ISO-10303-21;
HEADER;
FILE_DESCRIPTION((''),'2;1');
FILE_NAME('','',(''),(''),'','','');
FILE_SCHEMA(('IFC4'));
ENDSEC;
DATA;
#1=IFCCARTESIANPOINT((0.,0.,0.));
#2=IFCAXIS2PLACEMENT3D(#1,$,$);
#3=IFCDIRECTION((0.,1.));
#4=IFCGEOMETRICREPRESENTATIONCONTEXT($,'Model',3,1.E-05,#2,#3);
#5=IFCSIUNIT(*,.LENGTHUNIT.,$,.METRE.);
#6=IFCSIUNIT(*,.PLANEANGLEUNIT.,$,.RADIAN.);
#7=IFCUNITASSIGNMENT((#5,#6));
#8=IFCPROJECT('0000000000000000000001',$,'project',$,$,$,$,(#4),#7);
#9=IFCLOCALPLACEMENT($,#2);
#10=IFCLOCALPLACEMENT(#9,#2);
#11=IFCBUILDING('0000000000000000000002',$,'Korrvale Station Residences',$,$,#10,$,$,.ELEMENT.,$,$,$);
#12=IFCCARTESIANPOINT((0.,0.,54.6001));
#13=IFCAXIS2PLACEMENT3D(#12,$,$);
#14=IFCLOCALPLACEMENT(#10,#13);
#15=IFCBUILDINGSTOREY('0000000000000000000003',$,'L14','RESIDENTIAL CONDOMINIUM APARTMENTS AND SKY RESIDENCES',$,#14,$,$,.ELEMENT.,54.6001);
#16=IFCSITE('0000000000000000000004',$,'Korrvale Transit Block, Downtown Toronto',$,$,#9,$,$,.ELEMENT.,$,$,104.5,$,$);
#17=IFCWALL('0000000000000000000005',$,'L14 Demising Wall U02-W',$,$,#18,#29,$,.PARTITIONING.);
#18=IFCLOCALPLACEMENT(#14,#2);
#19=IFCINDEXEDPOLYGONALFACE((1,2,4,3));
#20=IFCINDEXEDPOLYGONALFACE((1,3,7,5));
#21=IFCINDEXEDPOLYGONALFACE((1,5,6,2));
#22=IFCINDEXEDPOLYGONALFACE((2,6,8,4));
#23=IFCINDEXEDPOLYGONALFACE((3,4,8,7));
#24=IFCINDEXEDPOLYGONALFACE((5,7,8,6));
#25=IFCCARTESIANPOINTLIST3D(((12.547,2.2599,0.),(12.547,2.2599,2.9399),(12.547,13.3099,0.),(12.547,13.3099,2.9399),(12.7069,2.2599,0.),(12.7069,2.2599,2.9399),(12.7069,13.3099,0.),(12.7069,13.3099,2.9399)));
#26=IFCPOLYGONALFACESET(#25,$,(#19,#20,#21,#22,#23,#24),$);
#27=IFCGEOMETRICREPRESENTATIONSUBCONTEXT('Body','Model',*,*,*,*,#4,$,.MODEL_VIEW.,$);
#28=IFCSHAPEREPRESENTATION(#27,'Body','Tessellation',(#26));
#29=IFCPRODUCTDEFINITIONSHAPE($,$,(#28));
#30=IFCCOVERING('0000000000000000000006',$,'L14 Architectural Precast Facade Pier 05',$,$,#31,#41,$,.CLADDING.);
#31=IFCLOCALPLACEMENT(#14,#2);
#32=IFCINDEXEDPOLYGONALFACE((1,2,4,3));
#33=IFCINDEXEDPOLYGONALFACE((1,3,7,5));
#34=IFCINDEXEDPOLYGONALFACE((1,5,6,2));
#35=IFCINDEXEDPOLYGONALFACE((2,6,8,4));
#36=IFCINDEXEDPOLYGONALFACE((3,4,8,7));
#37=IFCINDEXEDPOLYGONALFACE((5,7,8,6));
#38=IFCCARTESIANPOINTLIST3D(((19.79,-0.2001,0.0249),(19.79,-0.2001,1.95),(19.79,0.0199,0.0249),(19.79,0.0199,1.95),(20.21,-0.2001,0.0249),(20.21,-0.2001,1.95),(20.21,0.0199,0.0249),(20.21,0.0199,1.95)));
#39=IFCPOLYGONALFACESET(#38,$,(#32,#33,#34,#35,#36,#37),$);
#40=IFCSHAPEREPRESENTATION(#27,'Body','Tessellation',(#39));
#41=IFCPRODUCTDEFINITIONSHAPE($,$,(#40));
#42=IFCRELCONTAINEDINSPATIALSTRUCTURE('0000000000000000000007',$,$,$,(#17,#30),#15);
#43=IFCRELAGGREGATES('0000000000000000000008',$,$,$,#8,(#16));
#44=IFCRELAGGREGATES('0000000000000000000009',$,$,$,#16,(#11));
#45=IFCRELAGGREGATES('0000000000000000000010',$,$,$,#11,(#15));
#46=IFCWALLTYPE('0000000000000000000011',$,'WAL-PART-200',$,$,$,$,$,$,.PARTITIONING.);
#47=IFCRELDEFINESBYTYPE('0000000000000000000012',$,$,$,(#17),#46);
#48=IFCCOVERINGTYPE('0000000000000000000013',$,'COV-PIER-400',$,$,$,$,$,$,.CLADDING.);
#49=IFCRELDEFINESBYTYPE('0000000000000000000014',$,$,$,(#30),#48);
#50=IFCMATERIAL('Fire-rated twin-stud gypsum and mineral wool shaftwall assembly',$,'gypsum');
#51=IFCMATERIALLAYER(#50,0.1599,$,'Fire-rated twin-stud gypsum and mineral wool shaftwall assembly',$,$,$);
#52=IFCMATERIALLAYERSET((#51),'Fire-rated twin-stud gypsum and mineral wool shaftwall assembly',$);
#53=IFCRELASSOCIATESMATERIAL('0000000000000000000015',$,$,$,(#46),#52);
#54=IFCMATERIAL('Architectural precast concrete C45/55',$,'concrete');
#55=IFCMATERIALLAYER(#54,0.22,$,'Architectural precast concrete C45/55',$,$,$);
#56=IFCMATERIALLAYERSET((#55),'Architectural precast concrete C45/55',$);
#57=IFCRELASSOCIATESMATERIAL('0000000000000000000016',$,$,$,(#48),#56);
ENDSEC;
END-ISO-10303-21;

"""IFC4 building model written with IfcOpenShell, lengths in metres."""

from ifc_helpers import new_model, si_unit, direction, frame, frame_2d, origin, origin_2d, place, context, subcontext, project, spatial, rectangle, extrude, material, layer, layer_set, type_object, element, save


model = new_model("IFC4")

# Units and contexts
model_context = context("Model", 3, precision=1e-05, world=origin(), true_north=direction((0.0, 1.0)))
body_context = subcontext(model_context, "Body", "Model", "MODEL_VIEW")
ifc_project = project(units=[si_unit("LENGTHUNIT", "METRE"), si_unit("PLANEANGLEUNIT", "RADIAN")], contexts=[model_context])

# Site, building, storey
site_placement = place(None, origin())
site = spatial("IfcSite", under=ifc_project, at=site_placement, Name="Korrvale Transit Block, Downtown Toronto", CompositionType="ELEMENT", RefElevation=104.5)
building_placement = place(site_placement, origin())
building = spatial("IfcBuilding", under=site, at=building_placement, Name="Korrvale Station Residences", CompositionType="ELEMENT")
storey_placement = place(building_placement, frame((0.0, 0.0, 54.6001)))
storey = spatial("IfcBuildingStorey", under=building, at=storey_placement, Name="L14", Description="RESIDENTIAL CONDOMINIUM APARTMENTS AND SKY RESIDENCES", CompositionType="ELEMENT", Elevation=54.6001)

# Wall
ifc_material_1 = material(Name="Fire-rated twin-stud gypsum and mineral wool shaftwall assembly", Category="gypsum")
ifc_layer_1 = layer(ifc_material_1, 0.1599, Name="Fire-rated twin-stud gypsum and mineral wool shaftwall assembly")
ifc_layer_set_1 = layer_set([ifc_layer_1], Name="Fire-rated twin-stud gypsum and mineral wool shaftwall assembly")
wall_type_1 = type_object("IfcWallType", Name="WAL-PART-200", PredefinedType="PARTITIONING", material=ifc_layer_set_1)
wall_1_placement = place(storey_placement, frame((12.627, 2.26, 0.0), z_axis=(0.0, 0.0, 1.0), x_axis=(0.0, 1.0, 0.0)))
element("IfcWall", 1, at=wall_1_placement, inside=storey, type_object=wall_type_1, Name="L14 Demising Wall U02-W", PredefinedType="PARTITIONING", context=body_context, shape_type="SweptSolid", body=[
    extrude(rectangle(XDim=11.05, YDim=0.1599, at=frame_2d((5.5249, 0.0))), origin(), (0.0, 0.0, 1.0), 2.9399),
])

# Covering
ifc_material_2 = material(Name="Architectural precast concrete C45/55", Category="concrete")
ifc_layer_2 = layer(ifc_material_2, 0.22, Name="Architectural precast concrete C45/55")
ifc_layer_set_2 = layer_set([ifc_layer_2], Name="Architectural precast concrete C45/55")
covering_type = type_object("IfcCoveringType", Name="COV-PIER-400", PredefinedType="CLADDING", material=ifc_layer_set_2)
covering_placement = place(storey_placement, frame((20.0, -0.0901, 0.0249), z_axis=(0.0, 0.0, 1.0), x_axis=(1.0, 0.0, 0.0)))
element("IfcCovering", 2, at=covering_placement, inside=storey, type_object=covering_type, Name="L14 Architectural Precast Facade Pier 05", PredefinedType="CLADDING", context=body_context, shape_type="SweptSolid", body=[
    extrude(rectangle(XDim=0.4199, YDim=0.22, at=origin_2d()), origin(), (0.0, 0.0, 1.0), 1.925),
])

save(model, "model.ifc")
